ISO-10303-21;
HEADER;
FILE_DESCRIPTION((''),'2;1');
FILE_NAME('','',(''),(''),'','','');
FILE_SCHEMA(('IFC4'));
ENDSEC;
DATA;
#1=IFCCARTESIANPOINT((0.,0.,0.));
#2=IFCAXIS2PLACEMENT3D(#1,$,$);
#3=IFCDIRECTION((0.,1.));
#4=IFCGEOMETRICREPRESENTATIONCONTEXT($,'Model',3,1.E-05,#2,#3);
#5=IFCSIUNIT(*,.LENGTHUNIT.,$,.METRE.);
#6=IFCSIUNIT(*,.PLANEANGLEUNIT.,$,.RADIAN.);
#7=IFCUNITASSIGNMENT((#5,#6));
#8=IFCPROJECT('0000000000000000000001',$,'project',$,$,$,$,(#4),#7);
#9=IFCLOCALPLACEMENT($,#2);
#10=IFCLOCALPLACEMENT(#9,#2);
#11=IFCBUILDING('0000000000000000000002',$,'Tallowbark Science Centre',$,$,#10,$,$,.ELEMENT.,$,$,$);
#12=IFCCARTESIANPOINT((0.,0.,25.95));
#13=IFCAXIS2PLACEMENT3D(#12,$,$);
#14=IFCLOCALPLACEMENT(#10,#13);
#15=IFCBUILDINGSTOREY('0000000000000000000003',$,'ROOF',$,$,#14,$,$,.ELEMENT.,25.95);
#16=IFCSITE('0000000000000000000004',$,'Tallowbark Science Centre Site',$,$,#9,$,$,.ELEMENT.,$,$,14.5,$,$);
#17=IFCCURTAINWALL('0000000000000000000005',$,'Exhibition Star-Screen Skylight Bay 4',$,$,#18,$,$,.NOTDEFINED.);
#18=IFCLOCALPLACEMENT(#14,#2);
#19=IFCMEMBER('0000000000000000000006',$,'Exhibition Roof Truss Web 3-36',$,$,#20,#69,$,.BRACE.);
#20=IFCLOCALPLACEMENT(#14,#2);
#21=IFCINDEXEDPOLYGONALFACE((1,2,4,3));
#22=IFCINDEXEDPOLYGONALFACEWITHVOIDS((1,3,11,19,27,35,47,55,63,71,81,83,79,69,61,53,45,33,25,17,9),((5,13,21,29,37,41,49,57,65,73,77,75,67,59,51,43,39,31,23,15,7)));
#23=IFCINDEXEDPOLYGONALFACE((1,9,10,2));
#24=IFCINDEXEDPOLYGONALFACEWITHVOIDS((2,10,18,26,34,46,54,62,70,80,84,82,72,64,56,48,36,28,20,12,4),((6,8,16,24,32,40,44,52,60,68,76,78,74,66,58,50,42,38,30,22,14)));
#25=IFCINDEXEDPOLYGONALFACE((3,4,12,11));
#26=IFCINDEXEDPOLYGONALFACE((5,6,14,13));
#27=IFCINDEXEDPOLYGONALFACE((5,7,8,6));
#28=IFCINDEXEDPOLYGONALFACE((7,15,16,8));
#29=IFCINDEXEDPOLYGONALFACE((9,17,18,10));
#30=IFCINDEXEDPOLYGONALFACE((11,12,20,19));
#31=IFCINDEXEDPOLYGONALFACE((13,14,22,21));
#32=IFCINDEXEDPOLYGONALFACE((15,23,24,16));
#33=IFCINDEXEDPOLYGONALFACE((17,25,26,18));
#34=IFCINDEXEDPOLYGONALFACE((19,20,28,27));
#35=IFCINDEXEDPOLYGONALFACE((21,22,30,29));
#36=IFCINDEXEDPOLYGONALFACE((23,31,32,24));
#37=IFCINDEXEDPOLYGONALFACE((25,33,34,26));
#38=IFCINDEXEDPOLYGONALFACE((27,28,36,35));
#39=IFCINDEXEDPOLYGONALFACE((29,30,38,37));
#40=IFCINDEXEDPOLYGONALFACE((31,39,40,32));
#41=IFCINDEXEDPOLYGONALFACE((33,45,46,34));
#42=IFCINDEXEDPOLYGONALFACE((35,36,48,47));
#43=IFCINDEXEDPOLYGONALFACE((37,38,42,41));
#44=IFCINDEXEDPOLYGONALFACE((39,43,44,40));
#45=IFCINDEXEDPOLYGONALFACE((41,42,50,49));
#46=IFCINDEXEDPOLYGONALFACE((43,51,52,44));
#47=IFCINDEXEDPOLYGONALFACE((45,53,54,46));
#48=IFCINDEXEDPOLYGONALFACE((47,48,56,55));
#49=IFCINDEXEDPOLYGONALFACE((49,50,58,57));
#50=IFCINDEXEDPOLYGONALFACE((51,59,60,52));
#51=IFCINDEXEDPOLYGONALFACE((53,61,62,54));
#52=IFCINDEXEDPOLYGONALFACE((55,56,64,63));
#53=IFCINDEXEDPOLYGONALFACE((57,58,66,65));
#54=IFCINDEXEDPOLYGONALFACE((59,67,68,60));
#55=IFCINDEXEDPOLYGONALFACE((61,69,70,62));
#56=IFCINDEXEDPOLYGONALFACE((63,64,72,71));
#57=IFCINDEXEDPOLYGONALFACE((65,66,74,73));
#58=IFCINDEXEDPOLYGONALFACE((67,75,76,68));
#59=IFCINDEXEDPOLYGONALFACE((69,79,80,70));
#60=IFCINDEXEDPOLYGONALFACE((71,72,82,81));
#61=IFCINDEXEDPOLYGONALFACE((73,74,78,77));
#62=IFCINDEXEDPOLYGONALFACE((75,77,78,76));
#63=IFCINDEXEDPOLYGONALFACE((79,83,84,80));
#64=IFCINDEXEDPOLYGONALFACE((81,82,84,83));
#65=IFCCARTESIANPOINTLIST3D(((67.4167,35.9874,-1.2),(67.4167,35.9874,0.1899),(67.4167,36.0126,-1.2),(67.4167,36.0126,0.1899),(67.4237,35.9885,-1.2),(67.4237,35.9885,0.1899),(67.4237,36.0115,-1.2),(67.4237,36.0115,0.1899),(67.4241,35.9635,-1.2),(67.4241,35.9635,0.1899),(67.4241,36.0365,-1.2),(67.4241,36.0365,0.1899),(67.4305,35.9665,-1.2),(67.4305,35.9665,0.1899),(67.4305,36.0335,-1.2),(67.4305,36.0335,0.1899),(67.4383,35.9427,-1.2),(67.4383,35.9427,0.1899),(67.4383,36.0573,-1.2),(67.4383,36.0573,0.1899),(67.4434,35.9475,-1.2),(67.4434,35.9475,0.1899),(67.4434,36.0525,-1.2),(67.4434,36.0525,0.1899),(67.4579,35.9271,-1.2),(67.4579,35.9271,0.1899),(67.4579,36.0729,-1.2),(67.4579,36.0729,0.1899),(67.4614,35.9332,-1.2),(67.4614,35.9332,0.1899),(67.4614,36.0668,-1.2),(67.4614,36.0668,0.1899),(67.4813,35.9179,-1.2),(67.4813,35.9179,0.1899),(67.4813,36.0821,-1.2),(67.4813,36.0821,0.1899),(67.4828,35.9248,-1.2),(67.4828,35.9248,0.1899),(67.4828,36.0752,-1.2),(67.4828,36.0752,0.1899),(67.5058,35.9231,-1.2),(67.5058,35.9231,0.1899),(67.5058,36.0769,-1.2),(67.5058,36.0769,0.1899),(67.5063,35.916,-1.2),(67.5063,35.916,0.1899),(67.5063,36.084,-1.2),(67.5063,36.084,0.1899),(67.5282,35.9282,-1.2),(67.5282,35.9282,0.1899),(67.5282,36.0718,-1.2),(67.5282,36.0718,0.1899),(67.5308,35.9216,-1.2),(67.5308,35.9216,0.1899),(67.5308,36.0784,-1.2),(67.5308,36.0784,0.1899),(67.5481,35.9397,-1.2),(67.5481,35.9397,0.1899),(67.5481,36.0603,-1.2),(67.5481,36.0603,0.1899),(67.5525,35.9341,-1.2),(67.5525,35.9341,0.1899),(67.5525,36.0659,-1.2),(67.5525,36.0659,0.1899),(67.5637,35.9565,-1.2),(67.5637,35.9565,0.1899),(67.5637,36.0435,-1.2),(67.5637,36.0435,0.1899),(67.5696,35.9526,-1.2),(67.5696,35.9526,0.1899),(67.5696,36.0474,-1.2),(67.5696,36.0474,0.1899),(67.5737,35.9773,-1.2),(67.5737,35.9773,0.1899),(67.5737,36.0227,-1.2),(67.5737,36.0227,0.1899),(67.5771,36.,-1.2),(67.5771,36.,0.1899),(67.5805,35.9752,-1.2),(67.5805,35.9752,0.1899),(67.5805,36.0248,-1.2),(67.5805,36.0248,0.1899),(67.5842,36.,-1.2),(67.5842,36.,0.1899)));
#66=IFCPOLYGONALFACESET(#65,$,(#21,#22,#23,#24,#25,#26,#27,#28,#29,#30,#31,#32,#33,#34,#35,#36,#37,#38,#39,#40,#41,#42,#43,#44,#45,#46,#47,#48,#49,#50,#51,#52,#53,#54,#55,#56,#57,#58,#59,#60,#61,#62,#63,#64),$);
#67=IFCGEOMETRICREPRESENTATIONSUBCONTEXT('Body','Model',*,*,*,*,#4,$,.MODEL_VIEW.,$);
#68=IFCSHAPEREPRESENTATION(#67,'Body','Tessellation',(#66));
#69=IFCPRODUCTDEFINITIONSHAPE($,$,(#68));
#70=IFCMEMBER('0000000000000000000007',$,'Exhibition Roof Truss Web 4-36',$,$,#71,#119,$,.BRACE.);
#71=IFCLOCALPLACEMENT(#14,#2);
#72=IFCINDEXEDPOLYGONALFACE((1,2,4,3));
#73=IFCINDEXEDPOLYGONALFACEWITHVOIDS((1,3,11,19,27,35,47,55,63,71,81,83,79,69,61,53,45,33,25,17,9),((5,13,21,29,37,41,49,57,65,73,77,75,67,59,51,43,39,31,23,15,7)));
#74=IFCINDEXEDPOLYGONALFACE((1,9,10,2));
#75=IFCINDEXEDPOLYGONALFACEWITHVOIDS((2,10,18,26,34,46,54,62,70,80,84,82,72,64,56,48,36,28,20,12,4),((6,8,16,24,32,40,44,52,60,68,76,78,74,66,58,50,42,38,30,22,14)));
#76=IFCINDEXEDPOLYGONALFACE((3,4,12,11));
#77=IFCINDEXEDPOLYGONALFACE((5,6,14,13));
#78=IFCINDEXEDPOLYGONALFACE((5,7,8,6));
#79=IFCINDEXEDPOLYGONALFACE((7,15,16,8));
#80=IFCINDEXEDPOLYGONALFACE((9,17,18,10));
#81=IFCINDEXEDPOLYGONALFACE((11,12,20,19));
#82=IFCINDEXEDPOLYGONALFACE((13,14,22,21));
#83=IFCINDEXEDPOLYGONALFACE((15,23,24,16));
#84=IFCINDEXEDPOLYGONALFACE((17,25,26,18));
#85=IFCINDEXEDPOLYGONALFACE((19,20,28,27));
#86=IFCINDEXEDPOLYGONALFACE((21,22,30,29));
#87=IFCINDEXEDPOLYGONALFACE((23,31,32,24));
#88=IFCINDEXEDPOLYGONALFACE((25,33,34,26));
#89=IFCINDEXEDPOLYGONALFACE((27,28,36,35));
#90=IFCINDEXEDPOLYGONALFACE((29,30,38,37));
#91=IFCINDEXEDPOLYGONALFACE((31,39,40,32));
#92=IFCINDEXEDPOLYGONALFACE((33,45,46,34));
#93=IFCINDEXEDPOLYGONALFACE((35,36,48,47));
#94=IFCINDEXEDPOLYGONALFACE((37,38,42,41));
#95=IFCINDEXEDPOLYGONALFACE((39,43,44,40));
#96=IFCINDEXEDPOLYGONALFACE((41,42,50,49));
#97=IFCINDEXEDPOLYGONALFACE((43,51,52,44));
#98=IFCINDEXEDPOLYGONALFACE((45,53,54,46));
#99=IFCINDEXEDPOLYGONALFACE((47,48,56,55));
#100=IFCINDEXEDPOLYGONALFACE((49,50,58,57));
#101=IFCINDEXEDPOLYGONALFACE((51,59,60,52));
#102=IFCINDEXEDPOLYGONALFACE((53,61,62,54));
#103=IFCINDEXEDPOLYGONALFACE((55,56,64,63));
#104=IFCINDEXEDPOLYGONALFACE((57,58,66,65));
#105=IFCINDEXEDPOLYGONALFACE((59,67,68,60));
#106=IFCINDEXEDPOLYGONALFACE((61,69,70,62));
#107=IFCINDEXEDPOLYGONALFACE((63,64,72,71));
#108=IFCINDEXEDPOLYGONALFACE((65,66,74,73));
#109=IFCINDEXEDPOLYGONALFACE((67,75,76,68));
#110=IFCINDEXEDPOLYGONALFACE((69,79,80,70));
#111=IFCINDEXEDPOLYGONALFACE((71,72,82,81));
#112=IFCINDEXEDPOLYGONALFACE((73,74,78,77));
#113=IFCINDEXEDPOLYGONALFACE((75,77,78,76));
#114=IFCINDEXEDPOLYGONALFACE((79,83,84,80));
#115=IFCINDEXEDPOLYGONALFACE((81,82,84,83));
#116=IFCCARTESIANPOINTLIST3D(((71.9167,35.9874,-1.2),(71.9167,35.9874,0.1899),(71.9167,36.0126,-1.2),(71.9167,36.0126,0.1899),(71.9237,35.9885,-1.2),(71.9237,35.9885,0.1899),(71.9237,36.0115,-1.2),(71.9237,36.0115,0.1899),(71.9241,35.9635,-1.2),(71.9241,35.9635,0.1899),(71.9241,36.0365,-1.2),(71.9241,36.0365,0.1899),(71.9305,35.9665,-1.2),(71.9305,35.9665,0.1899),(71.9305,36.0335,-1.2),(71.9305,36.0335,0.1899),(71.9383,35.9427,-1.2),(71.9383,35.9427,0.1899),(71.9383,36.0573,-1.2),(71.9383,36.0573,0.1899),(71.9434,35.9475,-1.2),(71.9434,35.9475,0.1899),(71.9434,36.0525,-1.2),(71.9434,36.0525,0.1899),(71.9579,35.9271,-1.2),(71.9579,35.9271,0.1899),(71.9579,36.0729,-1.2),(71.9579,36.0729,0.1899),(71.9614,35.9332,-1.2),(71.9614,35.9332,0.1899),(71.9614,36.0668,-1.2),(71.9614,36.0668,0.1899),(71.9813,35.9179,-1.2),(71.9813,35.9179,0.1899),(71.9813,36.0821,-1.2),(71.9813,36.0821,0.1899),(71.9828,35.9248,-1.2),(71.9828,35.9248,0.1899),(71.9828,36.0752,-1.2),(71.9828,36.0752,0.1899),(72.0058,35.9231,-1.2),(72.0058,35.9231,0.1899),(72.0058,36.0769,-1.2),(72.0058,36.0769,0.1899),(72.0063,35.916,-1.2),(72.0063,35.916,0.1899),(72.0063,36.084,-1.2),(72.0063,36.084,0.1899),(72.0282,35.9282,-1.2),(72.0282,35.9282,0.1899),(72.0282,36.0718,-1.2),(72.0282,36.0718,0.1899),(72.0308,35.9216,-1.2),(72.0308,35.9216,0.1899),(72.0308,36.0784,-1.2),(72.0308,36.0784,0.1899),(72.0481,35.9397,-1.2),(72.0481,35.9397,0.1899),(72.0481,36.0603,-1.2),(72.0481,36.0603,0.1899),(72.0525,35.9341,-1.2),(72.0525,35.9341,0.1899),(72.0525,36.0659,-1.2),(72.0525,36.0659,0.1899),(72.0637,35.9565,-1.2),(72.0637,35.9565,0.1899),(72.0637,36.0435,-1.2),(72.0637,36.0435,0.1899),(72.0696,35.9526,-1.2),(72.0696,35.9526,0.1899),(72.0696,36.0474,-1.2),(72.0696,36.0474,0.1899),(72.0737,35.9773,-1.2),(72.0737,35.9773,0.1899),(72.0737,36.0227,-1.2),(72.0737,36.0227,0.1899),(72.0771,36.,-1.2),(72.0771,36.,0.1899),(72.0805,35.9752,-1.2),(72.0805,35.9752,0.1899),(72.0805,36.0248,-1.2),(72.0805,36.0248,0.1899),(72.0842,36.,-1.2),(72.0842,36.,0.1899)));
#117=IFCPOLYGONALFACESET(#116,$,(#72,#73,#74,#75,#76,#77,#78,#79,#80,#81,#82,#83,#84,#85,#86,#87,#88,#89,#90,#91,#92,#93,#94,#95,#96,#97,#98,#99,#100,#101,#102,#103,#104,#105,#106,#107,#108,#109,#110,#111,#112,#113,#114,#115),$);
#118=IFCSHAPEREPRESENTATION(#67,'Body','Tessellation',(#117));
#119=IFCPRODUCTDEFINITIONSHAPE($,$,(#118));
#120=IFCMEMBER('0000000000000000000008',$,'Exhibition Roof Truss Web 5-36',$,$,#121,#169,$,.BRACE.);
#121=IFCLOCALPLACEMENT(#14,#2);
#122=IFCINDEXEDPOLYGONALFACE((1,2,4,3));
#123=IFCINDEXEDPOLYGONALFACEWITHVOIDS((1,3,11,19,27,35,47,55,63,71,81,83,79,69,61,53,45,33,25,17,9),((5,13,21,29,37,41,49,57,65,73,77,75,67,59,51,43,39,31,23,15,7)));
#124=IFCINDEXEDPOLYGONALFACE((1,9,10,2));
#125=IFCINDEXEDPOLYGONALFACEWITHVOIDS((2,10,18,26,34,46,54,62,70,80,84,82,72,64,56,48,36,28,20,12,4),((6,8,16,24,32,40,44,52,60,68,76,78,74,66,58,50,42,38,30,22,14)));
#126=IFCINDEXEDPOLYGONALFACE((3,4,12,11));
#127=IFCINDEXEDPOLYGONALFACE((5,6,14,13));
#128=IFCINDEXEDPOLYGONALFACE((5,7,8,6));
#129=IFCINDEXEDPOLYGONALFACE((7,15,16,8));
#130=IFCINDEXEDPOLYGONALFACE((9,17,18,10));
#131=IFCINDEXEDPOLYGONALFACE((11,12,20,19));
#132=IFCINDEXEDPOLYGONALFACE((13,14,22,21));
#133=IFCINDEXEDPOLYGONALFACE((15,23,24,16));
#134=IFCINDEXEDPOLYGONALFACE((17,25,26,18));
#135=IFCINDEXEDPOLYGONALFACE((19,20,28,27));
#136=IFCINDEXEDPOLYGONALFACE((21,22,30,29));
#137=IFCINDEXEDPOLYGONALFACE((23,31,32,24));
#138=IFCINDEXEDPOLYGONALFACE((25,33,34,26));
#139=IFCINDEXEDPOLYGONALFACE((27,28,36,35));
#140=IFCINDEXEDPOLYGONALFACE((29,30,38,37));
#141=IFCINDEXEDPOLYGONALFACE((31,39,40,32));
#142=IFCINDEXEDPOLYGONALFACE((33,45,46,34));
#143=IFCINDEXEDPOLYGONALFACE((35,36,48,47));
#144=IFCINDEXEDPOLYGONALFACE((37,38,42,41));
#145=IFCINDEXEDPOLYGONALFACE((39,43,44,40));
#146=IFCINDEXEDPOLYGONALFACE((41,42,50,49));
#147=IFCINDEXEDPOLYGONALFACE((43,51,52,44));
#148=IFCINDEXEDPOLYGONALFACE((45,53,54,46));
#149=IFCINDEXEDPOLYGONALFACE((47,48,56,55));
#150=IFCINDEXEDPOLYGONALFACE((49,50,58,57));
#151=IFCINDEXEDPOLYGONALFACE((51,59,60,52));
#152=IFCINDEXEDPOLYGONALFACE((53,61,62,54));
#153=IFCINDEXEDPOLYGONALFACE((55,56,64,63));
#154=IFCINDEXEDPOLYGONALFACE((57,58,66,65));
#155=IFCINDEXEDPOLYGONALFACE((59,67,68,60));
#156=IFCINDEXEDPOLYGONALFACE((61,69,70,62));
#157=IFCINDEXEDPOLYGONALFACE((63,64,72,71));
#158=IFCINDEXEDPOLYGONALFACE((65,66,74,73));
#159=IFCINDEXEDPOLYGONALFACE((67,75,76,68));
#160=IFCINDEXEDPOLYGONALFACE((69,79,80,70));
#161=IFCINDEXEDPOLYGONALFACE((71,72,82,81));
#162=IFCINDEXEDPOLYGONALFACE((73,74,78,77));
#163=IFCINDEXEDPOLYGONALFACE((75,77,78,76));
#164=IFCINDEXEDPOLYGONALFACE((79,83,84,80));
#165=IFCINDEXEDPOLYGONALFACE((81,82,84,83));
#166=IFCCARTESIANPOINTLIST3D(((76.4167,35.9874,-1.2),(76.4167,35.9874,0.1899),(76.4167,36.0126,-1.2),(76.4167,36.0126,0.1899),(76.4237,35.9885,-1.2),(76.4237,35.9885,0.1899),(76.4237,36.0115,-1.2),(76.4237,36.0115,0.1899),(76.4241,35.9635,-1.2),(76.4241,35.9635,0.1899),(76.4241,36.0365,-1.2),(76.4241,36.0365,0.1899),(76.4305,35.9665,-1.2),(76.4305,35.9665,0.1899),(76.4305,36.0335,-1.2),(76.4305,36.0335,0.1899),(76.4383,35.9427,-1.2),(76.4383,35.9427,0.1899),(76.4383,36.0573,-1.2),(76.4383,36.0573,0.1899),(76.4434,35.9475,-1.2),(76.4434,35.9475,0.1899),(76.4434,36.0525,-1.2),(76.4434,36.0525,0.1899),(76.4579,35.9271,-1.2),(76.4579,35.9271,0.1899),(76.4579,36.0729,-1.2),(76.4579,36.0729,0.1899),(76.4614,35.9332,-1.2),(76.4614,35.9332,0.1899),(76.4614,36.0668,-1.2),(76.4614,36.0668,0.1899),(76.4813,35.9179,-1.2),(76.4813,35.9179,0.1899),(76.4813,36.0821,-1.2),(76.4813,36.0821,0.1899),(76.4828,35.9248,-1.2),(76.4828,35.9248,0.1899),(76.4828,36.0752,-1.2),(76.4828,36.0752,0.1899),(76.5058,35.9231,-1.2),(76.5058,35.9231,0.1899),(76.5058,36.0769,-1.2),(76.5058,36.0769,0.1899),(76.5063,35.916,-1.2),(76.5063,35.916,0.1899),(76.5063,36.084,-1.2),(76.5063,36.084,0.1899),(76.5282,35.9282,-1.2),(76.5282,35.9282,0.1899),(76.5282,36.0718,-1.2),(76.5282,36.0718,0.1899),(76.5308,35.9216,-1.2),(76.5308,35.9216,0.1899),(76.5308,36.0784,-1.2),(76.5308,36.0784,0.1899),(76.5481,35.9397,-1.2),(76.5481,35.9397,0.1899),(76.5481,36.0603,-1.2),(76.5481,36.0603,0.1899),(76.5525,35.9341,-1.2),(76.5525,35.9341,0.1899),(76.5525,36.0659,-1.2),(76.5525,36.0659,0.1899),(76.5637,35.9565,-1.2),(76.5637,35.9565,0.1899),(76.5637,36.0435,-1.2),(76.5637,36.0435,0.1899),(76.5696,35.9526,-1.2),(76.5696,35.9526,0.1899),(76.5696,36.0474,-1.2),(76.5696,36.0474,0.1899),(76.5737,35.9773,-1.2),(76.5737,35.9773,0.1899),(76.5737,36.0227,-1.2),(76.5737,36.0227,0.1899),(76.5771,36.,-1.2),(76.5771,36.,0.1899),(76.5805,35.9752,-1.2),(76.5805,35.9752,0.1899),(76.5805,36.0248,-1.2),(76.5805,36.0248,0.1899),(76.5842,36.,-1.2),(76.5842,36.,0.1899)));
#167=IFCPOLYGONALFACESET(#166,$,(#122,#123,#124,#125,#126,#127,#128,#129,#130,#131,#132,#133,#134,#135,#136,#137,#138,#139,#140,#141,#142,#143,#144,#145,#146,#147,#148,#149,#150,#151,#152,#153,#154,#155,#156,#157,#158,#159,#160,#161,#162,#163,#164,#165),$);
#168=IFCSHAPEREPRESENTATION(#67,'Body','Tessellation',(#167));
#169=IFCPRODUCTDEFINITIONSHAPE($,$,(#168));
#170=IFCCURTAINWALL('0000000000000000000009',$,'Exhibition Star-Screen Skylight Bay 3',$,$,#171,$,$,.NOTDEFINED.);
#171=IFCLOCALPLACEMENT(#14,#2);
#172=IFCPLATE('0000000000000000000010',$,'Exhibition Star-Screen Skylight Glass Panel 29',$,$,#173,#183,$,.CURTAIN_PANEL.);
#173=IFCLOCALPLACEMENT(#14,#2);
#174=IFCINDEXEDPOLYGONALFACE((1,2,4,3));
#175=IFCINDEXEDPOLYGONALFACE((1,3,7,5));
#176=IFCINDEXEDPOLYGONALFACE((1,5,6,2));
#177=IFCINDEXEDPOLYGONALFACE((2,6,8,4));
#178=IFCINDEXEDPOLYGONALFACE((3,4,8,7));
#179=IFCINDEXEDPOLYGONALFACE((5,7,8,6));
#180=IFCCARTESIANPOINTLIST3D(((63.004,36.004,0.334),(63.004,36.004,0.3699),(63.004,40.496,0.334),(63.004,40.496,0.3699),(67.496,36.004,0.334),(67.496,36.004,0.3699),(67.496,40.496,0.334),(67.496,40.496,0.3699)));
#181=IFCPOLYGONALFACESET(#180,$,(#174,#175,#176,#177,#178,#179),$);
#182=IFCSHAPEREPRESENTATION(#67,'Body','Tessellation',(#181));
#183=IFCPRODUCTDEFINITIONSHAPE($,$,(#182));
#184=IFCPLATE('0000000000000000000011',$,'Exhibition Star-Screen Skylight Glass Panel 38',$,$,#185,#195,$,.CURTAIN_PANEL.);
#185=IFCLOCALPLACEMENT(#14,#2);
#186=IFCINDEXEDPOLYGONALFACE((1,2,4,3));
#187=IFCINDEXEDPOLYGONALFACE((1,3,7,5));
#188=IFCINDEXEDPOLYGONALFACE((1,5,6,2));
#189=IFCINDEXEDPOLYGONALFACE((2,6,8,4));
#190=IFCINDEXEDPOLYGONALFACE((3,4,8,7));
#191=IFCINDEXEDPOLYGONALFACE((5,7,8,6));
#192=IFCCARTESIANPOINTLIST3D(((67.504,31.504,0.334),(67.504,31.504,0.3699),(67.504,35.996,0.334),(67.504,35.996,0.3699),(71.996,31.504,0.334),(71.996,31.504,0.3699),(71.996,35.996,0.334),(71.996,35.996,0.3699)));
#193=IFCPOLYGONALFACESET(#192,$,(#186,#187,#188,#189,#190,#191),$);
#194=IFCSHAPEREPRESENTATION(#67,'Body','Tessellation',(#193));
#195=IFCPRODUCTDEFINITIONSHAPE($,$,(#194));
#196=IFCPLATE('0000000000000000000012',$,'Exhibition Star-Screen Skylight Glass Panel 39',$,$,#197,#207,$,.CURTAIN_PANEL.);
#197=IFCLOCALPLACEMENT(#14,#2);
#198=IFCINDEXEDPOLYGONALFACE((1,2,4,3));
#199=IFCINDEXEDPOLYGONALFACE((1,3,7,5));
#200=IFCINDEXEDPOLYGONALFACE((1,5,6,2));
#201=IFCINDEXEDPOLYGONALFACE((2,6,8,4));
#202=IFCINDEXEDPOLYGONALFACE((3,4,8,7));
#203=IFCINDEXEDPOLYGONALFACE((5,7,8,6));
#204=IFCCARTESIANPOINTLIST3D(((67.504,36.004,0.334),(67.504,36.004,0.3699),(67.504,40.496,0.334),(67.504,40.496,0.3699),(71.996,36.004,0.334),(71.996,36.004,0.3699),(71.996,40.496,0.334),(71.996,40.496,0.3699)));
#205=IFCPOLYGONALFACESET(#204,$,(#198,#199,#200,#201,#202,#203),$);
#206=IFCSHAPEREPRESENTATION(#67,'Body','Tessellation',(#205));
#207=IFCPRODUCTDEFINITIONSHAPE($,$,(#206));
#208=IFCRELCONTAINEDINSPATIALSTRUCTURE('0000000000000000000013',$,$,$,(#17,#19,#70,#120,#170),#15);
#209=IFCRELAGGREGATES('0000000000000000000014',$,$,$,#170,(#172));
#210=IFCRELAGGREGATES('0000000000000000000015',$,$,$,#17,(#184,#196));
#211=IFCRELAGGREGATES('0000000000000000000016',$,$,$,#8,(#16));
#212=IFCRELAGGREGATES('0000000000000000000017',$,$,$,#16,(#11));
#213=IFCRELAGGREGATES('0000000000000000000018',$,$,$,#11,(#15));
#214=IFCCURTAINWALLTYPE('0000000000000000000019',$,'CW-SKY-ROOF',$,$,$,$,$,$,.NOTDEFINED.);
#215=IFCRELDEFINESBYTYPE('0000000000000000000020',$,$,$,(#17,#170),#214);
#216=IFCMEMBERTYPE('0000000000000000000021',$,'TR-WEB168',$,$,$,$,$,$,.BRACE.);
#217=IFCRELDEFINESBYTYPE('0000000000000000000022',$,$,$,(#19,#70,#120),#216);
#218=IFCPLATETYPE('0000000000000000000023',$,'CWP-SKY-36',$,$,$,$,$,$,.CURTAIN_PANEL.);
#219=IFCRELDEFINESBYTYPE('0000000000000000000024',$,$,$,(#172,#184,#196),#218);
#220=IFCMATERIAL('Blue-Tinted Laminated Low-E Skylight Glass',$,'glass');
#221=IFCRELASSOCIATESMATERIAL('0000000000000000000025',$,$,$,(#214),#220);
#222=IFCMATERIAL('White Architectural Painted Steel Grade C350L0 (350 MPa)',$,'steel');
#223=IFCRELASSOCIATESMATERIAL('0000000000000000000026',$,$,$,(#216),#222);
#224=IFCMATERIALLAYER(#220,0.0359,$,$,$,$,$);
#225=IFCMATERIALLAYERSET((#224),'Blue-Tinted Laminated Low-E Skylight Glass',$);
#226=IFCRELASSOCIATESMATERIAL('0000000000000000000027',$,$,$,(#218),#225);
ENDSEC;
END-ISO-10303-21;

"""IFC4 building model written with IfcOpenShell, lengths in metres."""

from ifc_helpers import new_model, si_unit, direction, frame, origin, origin_2d, place, context, subcontext, project, spatial, rectangle, hollow_circle, extrude, material, layer, layer_set, material_profile, profile_set, type_object, element, aggregate, save


model = new_model("IFC4")

# Units and contexts
model_context = context("Model", 3, precision=1e-05, world=origin(), true_north=direction((0.0, 1.0)))
body_context = subcontext(model_context, "Body", "Model", "MODEL_VIEW")
ifc_project = project(units=[si_unit("LENGTHUNIT", "METRE"), si_unit("PLANEANGLEUNIT", "RADIAN")], contexts=[model_context])

# Site, building, storey
site_placement = place(None, origin())
site = spatial("IfcSite", under=ifc_project, at=site_placement, Name="Tallowbark Science Centre Site", CompositionType="ELEMENT", RefElevation=14.5)
building_placement = place(site_placement, origin())
building = spatial("IfcBuilding", under=site, at=building_placement, Name="Tallowbark Science Centre", CompositionType="ELEMENT")
storey_placement = place(building_placement, frame((0.0, 0.0, 25.95)))
storey = spatial("IfcBuildingStorey", under=building, at=storey_placement, Name="ROOF", CompositionType="ELEMENT", Elevation=25.95)

# Curtain wall
ifc_material_1 = material(Name="Blue-Tinted Laminated Low-E Skylight Glass", Category="glass")
curtain_wall_type = type_object("IfcCurtainWallType", Name="CW-SKY-ROOF", PredefinedType="NOTDEFINED", material=ifc_material_1)
curtain_wall_1_placement = place(storey_placement, origin())
curtain_wall_1 = element("IfcCurtainWall", 1, at=curtain_wall_1_placement, inside=storey, type_object=curtain_wall_type, Name="Exhibition Star-Screen Skylight Bay 4", PredefinedType="NOTDEFINED")

# Members
ifc_material_2 = material(Name="White Architectural Painted Steel Grade C350L0 (350 MPa)", Category="steel")
ifc_material_profile_1 = material_profile(ifc_material_2, hollow_circle(Radius=0.0842, WallThickness=0.0071, at=origin_2d()), Name="168.3x7.1CHS")
ifc_profile_set_1 = profile_set([ifc_material_profile_1], Name="White Architectural Painted Steel Grade C350L0 (350 MPa)")
member_type_1 = type_object("IfcMemberType", Name="TR-WEB168", PredefinedType="BRACE", material=ifc_profile_set_1)
for number, where, z_axis, x_axis, name in (
    (2, (67.5, 36.0, -1.2), (0.0, 0.0, 1.0), (1.0, 0.0, 0.0), "Exhibition Roof Truss Web 3-36"),
    (3, (72.0, 36.0, -1.2), (0.0, 0.0, 1.0), (1.0, 0.0, 0.0), "Exhibition Roof Truss Web 4-36"),
    (4, (76.5, 36.0, -1.2), (0.0, 0.0, 1.0), (1.0, 0.0, 0.0), "Exhibition Roof Truss Web 5-36"),
):
    element("IfcMember", number, at=place(storey_placement, frame(where, z_axis=z_axis, x_axis=x_axis)), inside=storey, type_object=member_type_1, Name=name, PredefinedType="BRACE", context=body_context, shape_type="SweptSolid", body=[
        extrude(hollow_circle(Radius=0.0842, WallThickness=0.0071, at=origin_2d()), origin(), (0.0, 0.0, 1.0), 1.3899),
    ])

# Curtain wall, plate
curtain_wall_2_placement = place(storey_placement, origin())
curtain_wall_2 = element("IfcCurtainWall", 5, at=curtain_wall_2_placement, inside=storey, type_object=curtain_wall_type, Name="Exhibition Star-Screen Skylight Bay 3", PredefinedType="NOTDEFINED")
ifc_layer_1 = layer(ifc_material_1, 0.0359)
ifc_layer_set_1 = layer_set([ifc_layer_1], Name="Blue-Tinted Laminated Low-E Skylight Glass")
plate_type_1 = type_object("IfcPlateType", Name="CWP-SKY-36", PredefinedType="CURTAIN_PANEL", material=ifc_layer_set_1)
plate_1_placement = place(storey_placement, frame((65.25, 38.25, 0.334), z_axis=(0.0, 0.0, 1.0), x_axis=(1.0, 0.0, 0.0)))
plate_1 = element("IfcPlate", 6, at=plate_1_placement, type_object=plate_type_1, Name="Exhibition Star-Screen Skylight Glass Panel 29", PredefinedType="CURTAIN_PANEL", context=body_context, shape_type="SweptSolid", body=[
    extrude(rectangle(XDim=4.4919, YDim=4.4919, at=origin_2d()), origin(), (0.0, 0.0, 1.0), 0.0359),
])
aggregate(curtain_wall_2, [plate_1])

# Plates
plate_2_placement = place(storey_placement, frame((69.75, 33.75, 0.334), z_axis=(0.0, 0.0, 1.0), x_axis=(1.0, 0.0, 0.0)))
plate_2 = element("IfcPlate", 7, at=plate_2_placement, type_object=plate_type_1, Name="Exhibition Star-Screen Skylight Glass Panel 38", PredefinedType="CURTAIN_PANEL", context=body_context, shape_type="SweptSolid", body=[
    extrude(rectangle(XDim=4.4919, YDim=4.4919, at=origin_2d()), origin(), (0.0, 0.0, 1.0), 0.0359),
])
plate_3_placement = place(storey_placement, frame((69.75, 38.25, 0.334), z_axis=(0.0, 0.0, 1.0), x_axis=(1.0, 0.0, 0.0)))
plate_3 = element("IfcPlate", 8, at=plate_3_placement, type_object=plate_type_1, Name="Exhibition Star-Screen Skylight Glass Panel 39", PredefinedType="CURTAIN_PANEL", context=body_context, shape_type="SweptSolid", body=[
    extrude(rectangle(XDim=4.4919, YDim=4.4919, at=origin_2d()), origin(), (0.0, 0.0, 1.0), 0.0359),
])
aggregate(curtain_wall_1, [plate_2, plate_3])

save(model, "model.ifc")
